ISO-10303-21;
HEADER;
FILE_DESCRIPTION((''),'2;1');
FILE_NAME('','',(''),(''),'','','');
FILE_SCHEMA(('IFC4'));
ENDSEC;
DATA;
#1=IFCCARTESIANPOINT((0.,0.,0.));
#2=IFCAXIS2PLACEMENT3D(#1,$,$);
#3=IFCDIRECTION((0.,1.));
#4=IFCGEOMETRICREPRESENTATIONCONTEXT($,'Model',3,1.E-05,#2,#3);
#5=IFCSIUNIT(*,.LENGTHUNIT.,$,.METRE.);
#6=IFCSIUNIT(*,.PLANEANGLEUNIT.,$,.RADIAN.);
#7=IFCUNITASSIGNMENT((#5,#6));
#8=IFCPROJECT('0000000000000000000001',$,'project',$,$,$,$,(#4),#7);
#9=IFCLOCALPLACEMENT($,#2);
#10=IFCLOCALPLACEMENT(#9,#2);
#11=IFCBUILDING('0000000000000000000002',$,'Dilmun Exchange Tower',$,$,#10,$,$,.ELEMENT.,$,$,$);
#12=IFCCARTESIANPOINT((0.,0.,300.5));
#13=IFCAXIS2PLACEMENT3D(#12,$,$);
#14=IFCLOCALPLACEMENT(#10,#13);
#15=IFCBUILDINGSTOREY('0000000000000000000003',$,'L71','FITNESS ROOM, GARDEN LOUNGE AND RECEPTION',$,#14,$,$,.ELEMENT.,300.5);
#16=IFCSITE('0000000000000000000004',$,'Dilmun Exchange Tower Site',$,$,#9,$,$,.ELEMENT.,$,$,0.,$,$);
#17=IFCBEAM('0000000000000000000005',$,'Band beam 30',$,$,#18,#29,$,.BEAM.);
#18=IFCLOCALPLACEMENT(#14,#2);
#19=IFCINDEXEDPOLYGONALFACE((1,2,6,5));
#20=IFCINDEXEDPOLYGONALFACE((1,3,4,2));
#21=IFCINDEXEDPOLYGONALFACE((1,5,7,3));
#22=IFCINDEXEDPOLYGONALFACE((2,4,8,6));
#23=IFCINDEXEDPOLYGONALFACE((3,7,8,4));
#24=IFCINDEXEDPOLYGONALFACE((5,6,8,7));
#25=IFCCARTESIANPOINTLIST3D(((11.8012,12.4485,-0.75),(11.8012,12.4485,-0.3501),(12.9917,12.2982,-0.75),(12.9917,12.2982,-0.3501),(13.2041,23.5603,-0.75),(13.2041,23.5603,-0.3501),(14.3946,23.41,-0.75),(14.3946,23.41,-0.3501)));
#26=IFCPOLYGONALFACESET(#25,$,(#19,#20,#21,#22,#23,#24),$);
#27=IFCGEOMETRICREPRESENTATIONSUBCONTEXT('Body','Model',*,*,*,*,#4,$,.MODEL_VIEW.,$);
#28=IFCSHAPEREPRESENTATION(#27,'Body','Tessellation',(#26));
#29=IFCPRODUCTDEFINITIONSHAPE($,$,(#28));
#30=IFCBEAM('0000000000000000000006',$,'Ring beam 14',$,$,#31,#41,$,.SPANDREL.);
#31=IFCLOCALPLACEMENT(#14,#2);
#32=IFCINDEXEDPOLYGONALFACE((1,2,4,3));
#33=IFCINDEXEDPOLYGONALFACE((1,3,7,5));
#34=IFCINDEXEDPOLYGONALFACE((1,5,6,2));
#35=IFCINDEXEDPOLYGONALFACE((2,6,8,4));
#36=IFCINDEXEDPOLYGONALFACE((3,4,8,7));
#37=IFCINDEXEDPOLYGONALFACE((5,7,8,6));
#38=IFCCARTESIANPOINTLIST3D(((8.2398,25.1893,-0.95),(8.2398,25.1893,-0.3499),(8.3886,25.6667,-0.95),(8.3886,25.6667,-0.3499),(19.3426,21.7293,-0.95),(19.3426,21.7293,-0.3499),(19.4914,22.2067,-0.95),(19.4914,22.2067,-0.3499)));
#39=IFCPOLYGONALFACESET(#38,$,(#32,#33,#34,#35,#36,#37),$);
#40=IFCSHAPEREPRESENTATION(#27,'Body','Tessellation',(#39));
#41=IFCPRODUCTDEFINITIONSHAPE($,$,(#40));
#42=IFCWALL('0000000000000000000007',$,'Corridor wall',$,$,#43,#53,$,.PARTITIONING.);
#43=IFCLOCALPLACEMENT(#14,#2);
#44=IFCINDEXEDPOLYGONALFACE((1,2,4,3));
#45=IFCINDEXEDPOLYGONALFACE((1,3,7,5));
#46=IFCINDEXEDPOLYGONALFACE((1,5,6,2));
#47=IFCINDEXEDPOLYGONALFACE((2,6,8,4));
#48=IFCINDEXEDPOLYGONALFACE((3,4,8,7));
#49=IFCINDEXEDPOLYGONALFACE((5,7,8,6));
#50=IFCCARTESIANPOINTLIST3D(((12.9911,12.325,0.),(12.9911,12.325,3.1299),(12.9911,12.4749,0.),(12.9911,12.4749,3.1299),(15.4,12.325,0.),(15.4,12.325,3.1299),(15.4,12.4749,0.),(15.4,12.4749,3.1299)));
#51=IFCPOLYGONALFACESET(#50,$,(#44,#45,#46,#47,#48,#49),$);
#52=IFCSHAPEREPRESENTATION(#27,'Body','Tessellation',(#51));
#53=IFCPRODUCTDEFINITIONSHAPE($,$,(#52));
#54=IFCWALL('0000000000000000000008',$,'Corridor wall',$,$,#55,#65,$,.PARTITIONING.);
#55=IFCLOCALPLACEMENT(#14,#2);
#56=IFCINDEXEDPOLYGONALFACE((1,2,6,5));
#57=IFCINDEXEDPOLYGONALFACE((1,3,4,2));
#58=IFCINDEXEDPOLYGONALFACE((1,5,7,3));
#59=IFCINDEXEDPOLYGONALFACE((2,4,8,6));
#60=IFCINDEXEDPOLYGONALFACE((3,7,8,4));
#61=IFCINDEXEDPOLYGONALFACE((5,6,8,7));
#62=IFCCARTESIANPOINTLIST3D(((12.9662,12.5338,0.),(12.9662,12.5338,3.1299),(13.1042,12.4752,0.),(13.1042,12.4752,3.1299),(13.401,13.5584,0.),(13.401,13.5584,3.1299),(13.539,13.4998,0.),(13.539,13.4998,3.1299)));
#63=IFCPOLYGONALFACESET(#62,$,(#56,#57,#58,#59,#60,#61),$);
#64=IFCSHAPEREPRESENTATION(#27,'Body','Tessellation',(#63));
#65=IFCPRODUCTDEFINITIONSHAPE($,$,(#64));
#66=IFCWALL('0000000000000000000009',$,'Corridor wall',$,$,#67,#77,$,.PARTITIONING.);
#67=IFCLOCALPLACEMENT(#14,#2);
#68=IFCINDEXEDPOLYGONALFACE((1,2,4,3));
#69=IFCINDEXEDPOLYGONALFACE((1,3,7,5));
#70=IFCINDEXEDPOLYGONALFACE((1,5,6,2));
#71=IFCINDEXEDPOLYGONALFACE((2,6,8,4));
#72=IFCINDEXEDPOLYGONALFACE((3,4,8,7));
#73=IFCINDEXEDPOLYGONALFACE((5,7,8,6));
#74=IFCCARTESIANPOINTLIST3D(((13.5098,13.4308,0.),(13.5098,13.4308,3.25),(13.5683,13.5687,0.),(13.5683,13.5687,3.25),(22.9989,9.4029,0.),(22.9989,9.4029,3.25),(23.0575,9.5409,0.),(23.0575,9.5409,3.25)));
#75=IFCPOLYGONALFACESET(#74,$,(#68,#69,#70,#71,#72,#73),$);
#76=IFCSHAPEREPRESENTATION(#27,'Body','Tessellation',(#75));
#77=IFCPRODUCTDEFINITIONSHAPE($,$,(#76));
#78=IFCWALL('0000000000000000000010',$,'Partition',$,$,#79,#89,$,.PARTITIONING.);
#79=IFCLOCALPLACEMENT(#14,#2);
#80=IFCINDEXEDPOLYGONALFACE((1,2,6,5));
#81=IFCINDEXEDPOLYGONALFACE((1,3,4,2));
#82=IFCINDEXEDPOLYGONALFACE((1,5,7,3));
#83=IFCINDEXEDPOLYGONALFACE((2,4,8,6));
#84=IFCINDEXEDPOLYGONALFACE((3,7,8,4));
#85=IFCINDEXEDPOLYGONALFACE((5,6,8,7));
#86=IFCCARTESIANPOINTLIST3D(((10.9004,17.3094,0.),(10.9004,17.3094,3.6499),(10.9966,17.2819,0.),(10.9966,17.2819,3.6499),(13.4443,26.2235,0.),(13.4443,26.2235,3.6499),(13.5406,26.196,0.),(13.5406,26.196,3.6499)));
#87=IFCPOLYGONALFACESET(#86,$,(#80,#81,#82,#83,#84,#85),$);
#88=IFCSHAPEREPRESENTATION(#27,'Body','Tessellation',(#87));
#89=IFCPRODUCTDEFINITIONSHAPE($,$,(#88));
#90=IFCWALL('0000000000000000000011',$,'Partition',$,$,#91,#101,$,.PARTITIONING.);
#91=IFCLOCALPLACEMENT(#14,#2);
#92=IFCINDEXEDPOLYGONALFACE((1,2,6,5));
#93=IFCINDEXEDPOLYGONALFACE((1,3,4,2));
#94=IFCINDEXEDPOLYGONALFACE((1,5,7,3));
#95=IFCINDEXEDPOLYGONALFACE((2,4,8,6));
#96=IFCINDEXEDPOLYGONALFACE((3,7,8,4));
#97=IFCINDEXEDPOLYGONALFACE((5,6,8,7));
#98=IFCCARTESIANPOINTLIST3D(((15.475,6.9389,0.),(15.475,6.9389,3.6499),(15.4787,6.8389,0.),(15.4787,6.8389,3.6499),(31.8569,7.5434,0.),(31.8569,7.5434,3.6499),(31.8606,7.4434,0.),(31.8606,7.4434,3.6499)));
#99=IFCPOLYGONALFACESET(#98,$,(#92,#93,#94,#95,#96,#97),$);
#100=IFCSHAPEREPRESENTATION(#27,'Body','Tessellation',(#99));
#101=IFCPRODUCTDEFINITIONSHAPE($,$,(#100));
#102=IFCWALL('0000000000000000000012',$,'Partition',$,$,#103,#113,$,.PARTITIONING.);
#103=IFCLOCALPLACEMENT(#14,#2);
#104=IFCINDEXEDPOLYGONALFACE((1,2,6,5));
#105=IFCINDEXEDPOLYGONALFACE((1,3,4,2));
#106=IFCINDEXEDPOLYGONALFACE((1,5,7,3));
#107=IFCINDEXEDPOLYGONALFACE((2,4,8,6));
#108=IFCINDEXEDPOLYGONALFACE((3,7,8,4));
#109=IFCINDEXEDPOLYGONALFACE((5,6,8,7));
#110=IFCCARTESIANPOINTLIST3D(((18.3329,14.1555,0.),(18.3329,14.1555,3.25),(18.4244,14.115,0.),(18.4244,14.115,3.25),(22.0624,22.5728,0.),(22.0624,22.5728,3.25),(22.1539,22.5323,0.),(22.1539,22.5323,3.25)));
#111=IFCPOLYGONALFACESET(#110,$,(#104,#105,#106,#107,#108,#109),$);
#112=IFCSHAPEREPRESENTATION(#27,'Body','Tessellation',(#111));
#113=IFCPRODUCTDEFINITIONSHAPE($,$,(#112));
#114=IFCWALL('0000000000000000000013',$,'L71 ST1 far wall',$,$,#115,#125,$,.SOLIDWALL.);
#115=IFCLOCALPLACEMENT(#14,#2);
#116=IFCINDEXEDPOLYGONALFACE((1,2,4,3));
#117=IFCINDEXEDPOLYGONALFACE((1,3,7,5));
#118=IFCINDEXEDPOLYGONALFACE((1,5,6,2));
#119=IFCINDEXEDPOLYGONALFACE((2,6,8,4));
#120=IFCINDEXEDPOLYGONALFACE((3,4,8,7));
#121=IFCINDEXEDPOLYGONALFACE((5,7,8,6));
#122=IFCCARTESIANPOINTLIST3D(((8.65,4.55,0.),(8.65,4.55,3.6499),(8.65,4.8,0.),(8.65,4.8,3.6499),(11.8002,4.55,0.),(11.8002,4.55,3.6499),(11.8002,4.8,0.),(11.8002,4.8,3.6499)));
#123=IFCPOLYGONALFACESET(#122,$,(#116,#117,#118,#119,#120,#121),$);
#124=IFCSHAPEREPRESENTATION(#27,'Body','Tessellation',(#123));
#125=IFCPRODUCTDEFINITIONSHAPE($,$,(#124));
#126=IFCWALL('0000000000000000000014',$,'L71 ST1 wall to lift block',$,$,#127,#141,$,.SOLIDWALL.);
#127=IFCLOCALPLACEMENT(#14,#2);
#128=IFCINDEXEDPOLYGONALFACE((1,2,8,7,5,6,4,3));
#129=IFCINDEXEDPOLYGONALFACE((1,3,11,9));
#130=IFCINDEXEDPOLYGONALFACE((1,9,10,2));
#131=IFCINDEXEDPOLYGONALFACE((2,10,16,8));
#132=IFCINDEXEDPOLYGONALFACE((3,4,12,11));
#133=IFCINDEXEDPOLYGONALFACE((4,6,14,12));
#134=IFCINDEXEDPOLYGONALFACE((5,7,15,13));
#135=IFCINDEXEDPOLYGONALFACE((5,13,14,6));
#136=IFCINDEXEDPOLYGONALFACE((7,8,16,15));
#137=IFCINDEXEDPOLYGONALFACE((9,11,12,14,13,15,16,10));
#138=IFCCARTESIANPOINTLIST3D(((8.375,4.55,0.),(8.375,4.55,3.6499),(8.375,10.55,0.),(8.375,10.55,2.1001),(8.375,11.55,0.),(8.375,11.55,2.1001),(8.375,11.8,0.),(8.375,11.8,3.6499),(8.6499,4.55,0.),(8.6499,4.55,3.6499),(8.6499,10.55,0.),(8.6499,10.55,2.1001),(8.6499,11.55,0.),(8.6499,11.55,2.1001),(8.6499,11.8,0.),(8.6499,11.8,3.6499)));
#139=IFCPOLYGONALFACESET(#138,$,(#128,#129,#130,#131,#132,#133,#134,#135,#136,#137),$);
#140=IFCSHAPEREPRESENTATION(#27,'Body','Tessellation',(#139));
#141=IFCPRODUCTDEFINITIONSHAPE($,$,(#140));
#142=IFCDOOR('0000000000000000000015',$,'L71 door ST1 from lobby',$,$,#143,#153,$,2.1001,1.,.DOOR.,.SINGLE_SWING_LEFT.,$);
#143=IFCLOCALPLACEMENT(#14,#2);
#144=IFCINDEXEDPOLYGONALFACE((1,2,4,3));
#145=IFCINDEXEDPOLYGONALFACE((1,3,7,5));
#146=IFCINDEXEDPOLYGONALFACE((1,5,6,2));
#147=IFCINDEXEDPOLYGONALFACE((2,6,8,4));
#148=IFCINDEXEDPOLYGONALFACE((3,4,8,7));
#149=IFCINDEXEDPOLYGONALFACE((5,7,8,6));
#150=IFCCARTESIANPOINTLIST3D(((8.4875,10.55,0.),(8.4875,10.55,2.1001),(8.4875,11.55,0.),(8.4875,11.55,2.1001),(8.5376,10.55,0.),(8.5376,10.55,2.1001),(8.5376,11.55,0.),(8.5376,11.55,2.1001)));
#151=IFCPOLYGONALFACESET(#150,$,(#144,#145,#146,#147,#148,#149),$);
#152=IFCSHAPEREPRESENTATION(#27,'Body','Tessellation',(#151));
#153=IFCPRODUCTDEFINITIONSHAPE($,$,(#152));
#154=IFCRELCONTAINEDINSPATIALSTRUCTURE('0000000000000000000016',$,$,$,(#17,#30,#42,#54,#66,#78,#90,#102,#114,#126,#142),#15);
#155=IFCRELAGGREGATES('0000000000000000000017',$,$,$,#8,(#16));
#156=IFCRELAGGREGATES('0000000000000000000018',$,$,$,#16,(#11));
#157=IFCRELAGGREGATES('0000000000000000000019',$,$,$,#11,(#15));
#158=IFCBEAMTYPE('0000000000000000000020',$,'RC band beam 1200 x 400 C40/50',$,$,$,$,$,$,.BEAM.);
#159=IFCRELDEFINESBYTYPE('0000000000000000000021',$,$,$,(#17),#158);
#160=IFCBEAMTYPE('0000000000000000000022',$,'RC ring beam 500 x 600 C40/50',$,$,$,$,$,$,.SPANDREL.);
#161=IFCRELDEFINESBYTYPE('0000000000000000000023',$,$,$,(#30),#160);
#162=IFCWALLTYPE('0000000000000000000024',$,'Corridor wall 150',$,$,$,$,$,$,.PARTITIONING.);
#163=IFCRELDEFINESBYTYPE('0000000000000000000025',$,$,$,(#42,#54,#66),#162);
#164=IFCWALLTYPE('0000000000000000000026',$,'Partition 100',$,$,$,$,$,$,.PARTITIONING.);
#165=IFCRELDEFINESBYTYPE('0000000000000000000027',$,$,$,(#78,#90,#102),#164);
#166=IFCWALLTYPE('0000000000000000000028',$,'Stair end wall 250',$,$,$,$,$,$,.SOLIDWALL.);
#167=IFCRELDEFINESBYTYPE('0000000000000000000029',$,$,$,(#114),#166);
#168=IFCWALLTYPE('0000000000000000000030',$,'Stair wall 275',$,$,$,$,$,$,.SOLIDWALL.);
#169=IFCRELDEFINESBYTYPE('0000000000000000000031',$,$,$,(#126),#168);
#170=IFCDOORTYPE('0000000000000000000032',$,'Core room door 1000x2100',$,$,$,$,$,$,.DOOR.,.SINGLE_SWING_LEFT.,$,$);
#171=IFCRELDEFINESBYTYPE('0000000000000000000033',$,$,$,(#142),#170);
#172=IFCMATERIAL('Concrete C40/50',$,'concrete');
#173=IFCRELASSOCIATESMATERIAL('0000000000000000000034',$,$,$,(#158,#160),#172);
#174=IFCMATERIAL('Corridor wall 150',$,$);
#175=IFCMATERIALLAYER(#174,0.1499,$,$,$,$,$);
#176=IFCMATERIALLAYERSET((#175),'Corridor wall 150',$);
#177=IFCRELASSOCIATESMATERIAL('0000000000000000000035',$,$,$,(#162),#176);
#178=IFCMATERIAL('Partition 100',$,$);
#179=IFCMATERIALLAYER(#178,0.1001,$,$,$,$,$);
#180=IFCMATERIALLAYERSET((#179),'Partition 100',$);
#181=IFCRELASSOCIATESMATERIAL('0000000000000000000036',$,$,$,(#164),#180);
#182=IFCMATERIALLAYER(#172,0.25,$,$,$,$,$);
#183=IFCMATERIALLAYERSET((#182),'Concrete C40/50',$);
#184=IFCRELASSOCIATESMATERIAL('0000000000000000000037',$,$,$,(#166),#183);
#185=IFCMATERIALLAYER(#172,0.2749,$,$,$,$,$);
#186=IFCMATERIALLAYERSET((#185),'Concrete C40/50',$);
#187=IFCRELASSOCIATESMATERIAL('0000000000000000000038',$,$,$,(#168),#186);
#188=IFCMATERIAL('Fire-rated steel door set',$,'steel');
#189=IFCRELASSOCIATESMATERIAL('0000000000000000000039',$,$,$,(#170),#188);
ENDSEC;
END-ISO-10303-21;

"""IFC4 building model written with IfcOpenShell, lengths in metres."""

from ifc_helpers import new_model, si_unit, direction, frame, frame_2d, origin, origin_2d, place, context, subcontext, project, spatial, rectangle, extrude, material, layer, layer_set, material_profile, profile_set, type_object, element, fill, save


model = new_model("IFC4")

# Units and contexts
model_context = context("Model", 3, precision=1e-05, world=origin(), true_north=direction((0.0, 1.0)))
body_context = subcontext(model_context, "Body", "Model", "MODEL_VIEW")
ifc_project = project(units=[si_unit("LENGTHUNIT", "METRE"), si_unit("PLANEANGLEUNIT", "RADIAN")], contexts=[model_context])

# Site, building, storey
site_placement = place(None, origin())
site = spatial("IfcSite", under=ifc_project, at=site_placement, Name="Dilmun Exchange Tower Site", CompositionType="ELEMENT", RefElevation=0.0)
building_placement = place(site_placement, origin())
building = spatial("IfcBuilding", under=site, at=building_placement, Name="Dilmun Exchange Tower", CompositionType="ELEMENT")
storey_placement = place(building_placement, frame((0.0, 0.0, 300.5)))
storey = spatial("IfcBuildingStorey", under=building, at=storey_placement, Name="L71", Description="FITNESS ROOM, GARDEN LOUNGE AND RECEPTION", CompositionType="ELEMENT", Elevation=300.5)

# Beams
ifc_material_1 = material(Name="Concrete C40/50", Category="concrete")
ifc_material_profile_1 = material_profile(ifc_material_1, rectangle(XDim=1.2, YDim=0.3999, at=origin_2d()), Name="1200 x 400")
ifc_profile_set_1 = profile_set([ifc_material_profile_1], Name="Concrete C40/50")
beam_type_1 = type_object("IfcBeamType", Name="RC band beam 1200 x 400 C40/50", PredefinedType="BEAM", material=ifc_profile_set_1)
beam_1_placement = place(storey_placement, frame((13.7993, 23.4851, -0.55), z_axis=(-0.125253, -0.992125, 0.0), x_axis=(0.992125, -0.125253, 0.0)))
element("IfcBeam", 1, at=beam_1_placement, inside=storey, type_object=beam_type_1, Name="Band beam 30", PredefinedType="BEAM", context=body_context, shape_type="SweptSolid", body=[
    extrude(rectangle(XDim=1.2, YDim=0.3999, at=origin_2d()), origin(), (0.0, 0.0, 1.0), 11.2),
])
ifc_material_profile_2 = material_profile(ifc_material_1, rectangle(XDim=0.5, YDim=0.6001, at=origin_2d()), Name="500 x 600")
ifc_profile_set_2 = profile_set([ifc_material_profile_2], Name="Concrete C40/50")
beam_type_2 = type_object("IfcBeamType", Name="RC ring beam 500 x 600 C40/50", PredefinedType="SPANDREL", material=ifc_profile_set_2)
beam_2_placement = place(storey_placement, frame((19.417, 21.968, -0.6499), z_axis=(-0.954716, 0.297518, 0.0), x_axis=(-0.297518, -0.954716, 0.0)))
element("IfcBeam", 2, at=beam_2_placement, inside=storey, type_object=beam_type_2, Name="Ring beam 14", PredefinedType="SPANDREL", context=body_context, shape_type="SweptSolid", body=[
    extrude(rectangle(XDim=0.5, YDim=0.6001, at=origin_2d()), origin(), (0.0, 0.0, 1.0), 11.6294),
])

# Walls
ifc_material_2 = material(Name="Corridor wall 150")
ifc_layer_1 = layer(ifc_material_2, 0.1499)
ifc_layer_set_1 = layer_set([ifc_layer_1], Name="Corridor wall 150")
wall_type_1 = type_object("IfcWallType", Name="Corridor wall 150", PredefinedType="PARTITIONING", material=ifc_layer_set_1)
wall_1_placement = place(storey_placement, frame((12.991, 12.3999, 0.0), z_axis=(0.0, 0.0, 1.0), x_axis=(1.0, 0.0, 0.0)))
element("IfcWall", 3, at=wall_1_placement, inside=storey, type_object=wall_type_1, Name="Corridor wall", PredefinedType="PARTITIONING", context=body_context, shape_type="SweptSolid", body=[
    extrude(rectangle(XDim=2.4089, YDim=0.1499, at=frame_2d((1.2046, 0.0))), origin(), (0.0, 0.0, 1.0), 3.1299),
])
wall_2_placement = place(storey_placement, frame((13.0352, 12.5044, 0.0), z_axis=(0.0, 0.0, 1.0), x_axis=(0.390634, 0.920546, 0.0)))
element("IfcWall", 4, at=wall_2_placement, inside=storey, type_object=wall_type_1, Name="Corridor wall", PredefinedType="PARTITIONING", context=body_context, shape_type="SweptSolid", body=[
    extrude(rectangle(XDim=1.113, YDim=0.1499, at=frame_2d((0.5566, 0.0))), origin(), (0.0, 0.0, 1.0), 3.1299),
])
wall_3_placement = place(storey_placement, frame((13.5391, 13.4998, 0.0), z_axis=(0.0, 0.0, 1.0), x_axis=(0.920505, -0.39073, 0.0)))
element("IfcWall", 5, at=wall_3_placement, inside=storey, type_object=wall_type_1, Name="Corridor wall", PredefinedType="PARTITIONING", context=body_context, shape_type="SweptSolid", body=[
    extrude(rectangle(XDim=10.3086, YDim=0.1499, at=frame_2d((5.1543, 0.0))), origin(), (0.0, 0.0, 1.0), 3.25),
])
ifc_material_3 = material(Name="Partition 100")
ifc_layer_2 = layer(ifc_material_3, 0.1001)
ifc_layer_set_2 = layer_set([ifc_layer_2], Name="Partition 100")
wall_type_2 = type_object("IfcWallType", Name="Partition 100", PredefinedType="PARTITIONING", material=ifc_layer_set_2)
wall_4_placement = place(storey_placement, frame((10.9485, 17.2957, 0.0), z_axis=(0.0, 0.0, 1.0), x_axis=(0.274429, 0.961607, 0.0)))
element("IfcWall", 6, at=wall_4_placement, inside=storey, type_object=wall_type_2, Name="Partition", PredefinedType="PARTITIONING", context=body_context, shape_type="SweptSolid", body=[
    extrude(rectangle(XDim=9.27, YDim=0.1001, at=frame_2d((4.635, 0.0))), origin(), (0.0, 0.0, 1.0), 3.6499),
])
wall_5_placement = place(storey_placement, frame((15.4768, 6.8889, 0.0), z_axis=(0.0, 0.0, 1.0), x_axis=(0.99932, 0.036875, 0.0)))
element("IfcWall", 7, at=wall_5_placement, inside=storey, type_object=wall_type_2, Name="Partition", PredefinedType="PARTITIONING", context=body_context, shape_type="SweptSolid", body=[
    extrude(rectangle(XDim=16.3931, YDim=0.1001, at=frame_2d((8.1965, 0.0))), origin(), (0.0, 0.0, 1.0), 3.6499),
])
wall_6_placement = place(storey_placement, frame((18.3787, 14.1353, 0.0), z_axis=(0.0, 0.0, 1.0), x_axis=(0.405095, 0.914275, 0.0)))
element("IfcWall", 8, at=wall_6_placement, inside=storey, type_object=wall_type_2, Name="Partition", PredefinedType="PARTITIONING", context=body_context, shape_type="SweptSolid", body=[
    extrude(rectangle(XDim=9.2065, YDim=0.1001, at=frame_2d((4.6033, 0.0))), origin(), (0.0, 0.0, 1.0), 3.25),
])
ifc_layer_3 = layer(ifc_material_1, 0.25)
ifc_layer_set_3 = layer_set([ifc_layer_3], Name="Concrete C40/50")
wall_type_3 = type_object("IfcWallType", Name="Stair end wall 250", PredefinedType="SOLIDWALL", material=ifc_layer_set_3)
wall_7_placement = place(storey_placement, frame((8.6499, 4.675, 0.0), z_axis=(0.0, 0.0, 1.0), x_axis=(1.0, 0.0, 0.0)))
element("IfcWall", 9, at=wall_7_placement, inside=storey, type_object=wall_type_3, Name="L71 ST1 far wall", PredefinedType="SOLIDWALL", context=body_context, shape_type="SweptSolid", body=[
    extrude(rectangle(XDim=3.1501, YDim=0.25, at=frame_2d((1.5752, 0.0))), origin(), (0.0, 0.0, 1.0), 3.6499),
])

# Wall, opening, door
ifc_layer_4 = layer(ifc_material_1, 0.2749)
ifc_layer_set_4 = layer_set([ifc_layer_4], Name="Concrete C40/50")
wall_type_4 = type_object("IfcWallType", Name="Stair wall 275", PredefinedType="SOLIDWALL", material=ifc_layer_set_4)
wall_8_placement = place(storey_placement, frame((8.5125, 4.55, 0.0), z_axis=(0.0, 0.0, 1.0), x_axis=(0.0, 1.0, 0.0)))
wall_8 = element("IfcWall", 10, at=wall_8_placement, inside=storey, type_object=wall_type_4, Name="L71 ST1 wall to lift block", PredefinedType="SOLIDWALL", context=body_context, shape_type="SweptSolid", body=[
    extrude(rectangle(XDim=7.25, YDim=0.2749, at=frame_2d((3.625, 0.0))), origin(), (0.0, 0.0, 1.0), 3.6499),
])
opening_placement = place(wall_8_placement, frame((6.0, 0.0, 0.0)))
opening = element("IfcOpeningElement", 11, at=opening_placement, cuts=wall_8, PredefinedType="OPENING", context=body_context, shape_type="SweptSolid", body=[
    extrude(rectangle(XDim=1.0, YDim=2.1001, at=frame_2d((0.5, 1.05))), frame((0.0, 0.1475, 0.0), z_axis=(0.0, -1.0, 0.0), x_axis=(1.0, 0.0, 0.0)), (0.0, 0.0, 1.0), 0.2949),
])
ifc_material_4 = material(Name="Fire-rated steel door set", Category="steel")
door_type = type_object("IfcDoorType", Name="Core room door 1000x2100", OperationType="SINGLE_SWING_LEFT", PredefinedType="DOOR", material=ifc_material_4)
door_placement = place(opening_placement, origin())
door = element("IfcDoor", 12, at=door_placement, inside=storey, type_object=door_type, Name="L71 door ST1 from lobby", OperationType="SINGLE_SWING_LEFT", OverallHeight=2.1001, OverallWidth=1.0, PredefinedType="DOOR", context=body_context, shape_type="SweptSolid", body=[
    extrude(rectangle(XDim=1.0, YDim=2.1001, at=frame_2d((0.5, 1.05))), frame((0.0, 0.0249, 0.0), z_axis=(0.0, -1.0, 0.0), x_axis=(1.0, 0.0, 0.0)), (0.0, 0.0, 1.0), 0.05),
])
fill(opening, door)

save(model, "model.ifc")
